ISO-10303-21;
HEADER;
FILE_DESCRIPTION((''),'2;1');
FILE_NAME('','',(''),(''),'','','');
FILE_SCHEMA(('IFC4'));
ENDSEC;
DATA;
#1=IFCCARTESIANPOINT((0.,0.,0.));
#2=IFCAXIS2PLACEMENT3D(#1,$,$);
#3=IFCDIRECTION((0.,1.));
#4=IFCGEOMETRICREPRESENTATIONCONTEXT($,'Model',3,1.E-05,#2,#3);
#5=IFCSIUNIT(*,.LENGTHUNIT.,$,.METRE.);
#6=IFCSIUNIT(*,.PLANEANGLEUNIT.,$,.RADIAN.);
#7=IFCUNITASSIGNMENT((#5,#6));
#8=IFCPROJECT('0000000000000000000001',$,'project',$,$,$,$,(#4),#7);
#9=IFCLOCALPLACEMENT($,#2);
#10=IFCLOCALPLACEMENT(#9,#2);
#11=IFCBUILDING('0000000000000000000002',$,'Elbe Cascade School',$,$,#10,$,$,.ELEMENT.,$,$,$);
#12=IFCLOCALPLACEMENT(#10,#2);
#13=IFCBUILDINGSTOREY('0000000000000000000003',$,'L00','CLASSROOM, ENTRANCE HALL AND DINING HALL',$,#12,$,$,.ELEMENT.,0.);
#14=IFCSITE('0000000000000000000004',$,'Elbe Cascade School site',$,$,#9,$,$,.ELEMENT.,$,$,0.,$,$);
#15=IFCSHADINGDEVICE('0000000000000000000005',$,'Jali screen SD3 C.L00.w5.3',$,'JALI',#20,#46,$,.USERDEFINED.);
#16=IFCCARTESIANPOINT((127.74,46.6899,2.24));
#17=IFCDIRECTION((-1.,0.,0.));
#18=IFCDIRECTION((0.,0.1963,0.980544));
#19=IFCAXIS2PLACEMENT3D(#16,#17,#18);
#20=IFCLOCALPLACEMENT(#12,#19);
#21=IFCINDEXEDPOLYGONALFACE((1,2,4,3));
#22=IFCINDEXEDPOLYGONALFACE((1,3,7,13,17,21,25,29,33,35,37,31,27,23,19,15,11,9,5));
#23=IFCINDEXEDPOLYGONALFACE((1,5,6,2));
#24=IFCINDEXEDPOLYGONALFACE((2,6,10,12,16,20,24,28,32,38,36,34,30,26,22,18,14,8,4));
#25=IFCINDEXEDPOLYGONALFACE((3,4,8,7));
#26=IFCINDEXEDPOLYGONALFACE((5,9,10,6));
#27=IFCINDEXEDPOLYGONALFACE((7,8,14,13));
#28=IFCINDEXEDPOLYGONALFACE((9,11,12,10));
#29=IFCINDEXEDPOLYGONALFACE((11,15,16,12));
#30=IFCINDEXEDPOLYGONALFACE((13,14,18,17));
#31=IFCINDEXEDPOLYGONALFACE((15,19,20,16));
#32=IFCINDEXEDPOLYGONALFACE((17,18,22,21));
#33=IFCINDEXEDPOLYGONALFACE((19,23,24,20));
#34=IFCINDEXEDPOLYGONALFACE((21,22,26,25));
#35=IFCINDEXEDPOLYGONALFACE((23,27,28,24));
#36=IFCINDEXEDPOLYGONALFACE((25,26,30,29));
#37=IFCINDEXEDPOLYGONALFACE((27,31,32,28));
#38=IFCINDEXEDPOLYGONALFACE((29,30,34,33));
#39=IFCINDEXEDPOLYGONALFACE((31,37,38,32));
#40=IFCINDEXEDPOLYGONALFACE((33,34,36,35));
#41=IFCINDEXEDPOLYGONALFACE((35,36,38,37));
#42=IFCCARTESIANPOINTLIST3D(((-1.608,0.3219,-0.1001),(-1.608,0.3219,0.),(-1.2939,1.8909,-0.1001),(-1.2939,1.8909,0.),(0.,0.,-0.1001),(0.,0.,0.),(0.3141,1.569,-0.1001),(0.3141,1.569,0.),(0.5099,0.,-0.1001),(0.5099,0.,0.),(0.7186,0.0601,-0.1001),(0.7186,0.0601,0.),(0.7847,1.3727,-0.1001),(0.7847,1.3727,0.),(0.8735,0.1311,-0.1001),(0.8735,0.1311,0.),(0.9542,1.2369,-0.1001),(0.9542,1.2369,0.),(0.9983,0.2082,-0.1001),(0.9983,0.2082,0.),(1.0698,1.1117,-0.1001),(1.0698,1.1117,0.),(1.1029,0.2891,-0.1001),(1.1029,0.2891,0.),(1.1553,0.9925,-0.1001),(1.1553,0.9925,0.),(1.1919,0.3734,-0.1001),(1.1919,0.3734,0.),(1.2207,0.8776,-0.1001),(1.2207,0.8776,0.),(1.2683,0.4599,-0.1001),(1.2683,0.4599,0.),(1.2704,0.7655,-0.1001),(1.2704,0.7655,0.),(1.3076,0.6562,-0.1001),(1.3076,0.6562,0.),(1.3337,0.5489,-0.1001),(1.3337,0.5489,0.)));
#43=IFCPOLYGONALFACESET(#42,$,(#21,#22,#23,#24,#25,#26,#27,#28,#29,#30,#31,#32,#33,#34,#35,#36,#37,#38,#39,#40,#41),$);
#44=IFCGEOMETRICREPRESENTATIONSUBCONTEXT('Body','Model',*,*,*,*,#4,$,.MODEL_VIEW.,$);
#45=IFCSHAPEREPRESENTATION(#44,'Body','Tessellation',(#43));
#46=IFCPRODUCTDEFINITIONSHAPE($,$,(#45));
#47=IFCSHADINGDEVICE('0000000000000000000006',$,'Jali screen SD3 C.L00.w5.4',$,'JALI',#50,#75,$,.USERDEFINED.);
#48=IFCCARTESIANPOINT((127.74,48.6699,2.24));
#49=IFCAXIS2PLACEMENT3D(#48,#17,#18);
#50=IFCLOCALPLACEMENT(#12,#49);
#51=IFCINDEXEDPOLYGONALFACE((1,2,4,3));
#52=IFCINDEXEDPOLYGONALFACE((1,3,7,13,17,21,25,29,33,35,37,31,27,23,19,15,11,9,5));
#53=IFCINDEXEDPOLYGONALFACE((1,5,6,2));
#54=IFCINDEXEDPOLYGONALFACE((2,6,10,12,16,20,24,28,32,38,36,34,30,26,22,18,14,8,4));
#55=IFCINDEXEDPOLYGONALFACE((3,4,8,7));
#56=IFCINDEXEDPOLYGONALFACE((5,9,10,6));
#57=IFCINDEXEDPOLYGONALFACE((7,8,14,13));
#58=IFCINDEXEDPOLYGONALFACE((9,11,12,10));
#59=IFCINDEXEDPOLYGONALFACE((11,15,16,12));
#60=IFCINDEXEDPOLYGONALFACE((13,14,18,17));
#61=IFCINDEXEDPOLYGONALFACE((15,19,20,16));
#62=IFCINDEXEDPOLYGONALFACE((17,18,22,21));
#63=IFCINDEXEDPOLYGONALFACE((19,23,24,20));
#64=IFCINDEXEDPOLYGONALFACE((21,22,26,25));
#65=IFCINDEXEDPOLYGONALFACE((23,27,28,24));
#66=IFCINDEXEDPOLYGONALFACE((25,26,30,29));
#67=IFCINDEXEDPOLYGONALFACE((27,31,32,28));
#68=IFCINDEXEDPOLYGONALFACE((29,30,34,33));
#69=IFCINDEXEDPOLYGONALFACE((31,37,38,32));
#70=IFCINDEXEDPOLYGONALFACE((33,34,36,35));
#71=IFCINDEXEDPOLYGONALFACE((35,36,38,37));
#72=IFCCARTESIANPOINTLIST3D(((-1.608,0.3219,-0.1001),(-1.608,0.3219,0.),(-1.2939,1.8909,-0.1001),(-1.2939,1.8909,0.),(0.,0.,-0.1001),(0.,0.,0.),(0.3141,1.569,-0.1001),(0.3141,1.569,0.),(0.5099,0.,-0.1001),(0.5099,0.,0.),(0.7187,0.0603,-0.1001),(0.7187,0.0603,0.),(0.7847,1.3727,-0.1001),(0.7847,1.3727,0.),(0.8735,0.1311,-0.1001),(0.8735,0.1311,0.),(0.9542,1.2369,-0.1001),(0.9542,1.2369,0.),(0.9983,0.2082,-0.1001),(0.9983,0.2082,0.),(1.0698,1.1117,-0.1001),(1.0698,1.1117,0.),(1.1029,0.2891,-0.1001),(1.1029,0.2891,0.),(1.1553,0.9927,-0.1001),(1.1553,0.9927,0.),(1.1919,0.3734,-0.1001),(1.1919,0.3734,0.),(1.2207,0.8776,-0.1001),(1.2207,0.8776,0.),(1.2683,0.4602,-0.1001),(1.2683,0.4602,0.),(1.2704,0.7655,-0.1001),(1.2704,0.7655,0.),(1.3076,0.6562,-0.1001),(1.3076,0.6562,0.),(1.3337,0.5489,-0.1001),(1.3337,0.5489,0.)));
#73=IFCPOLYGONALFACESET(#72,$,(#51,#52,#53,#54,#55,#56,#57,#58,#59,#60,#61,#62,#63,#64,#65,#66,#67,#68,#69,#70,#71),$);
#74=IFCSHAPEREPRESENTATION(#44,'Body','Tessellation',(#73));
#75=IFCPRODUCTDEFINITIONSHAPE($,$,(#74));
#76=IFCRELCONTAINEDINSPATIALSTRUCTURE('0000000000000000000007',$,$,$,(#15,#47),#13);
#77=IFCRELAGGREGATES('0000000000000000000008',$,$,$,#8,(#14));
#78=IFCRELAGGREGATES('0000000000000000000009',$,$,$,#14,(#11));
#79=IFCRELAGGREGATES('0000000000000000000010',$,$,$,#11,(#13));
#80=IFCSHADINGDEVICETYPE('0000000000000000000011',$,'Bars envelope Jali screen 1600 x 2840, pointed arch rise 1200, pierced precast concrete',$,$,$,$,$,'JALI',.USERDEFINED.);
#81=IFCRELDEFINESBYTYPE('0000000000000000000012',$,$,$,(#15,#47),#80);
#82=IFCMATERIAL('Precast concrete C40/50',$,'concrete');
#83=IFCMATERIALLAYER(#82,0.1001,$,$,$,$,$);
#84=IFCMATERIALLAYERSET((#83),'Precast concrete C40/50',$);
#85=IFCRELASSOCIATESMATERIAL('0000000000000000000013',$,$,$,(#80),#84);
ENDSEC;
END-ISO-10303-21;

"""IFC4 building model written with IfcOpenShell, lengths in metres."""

from ifc_helpers import new_model, si_unit, direction, frame, origin, place, context, subcontext, project, spatial, polyline, outline, extrude, material, layer, layer_set, type_object, element, save


model = new_model("IFC4")

# Units and contexts
model_context = context("Model", 3, precision=1e-05, world=origin(), true_north=direction((0.0, 1.0)))
body_context = subcontext(model_context, "Body", "Model", "MODEL_VIEW")
ifc_project = project(units=[si_unit("LENGTHUNIT", "METRE"), si_unit("PLANEANGLEUNIT", "RADIAN")], contexts=[model_context])

# Site, building, storey
site_placement = place(None, origin())
site = spatial("IfcSite", under=ifc_project, at=site_placement, Name="Elbe Cascade School site", CompositionType="ELEMENT", RefElevation=0.0)
building_placement = place(site_placement, origin())
building = spatial("IfcBuilding", under=site, at=building_placement, Name="Elbe Cascade School", CompositionType="ELEMENT")
storey_placement = place(building_placement, origin())
storey = spatial("IfcBuildingStorey", under=building, at=storey_placement, Name="L00", Description="CLASSROOM, ENTRANCE HALL AND DINING HALL", CompositionType="ELEMENT", Elevation=0.0)

# Shading devices
ifc_material_1 = material(Name="Precast concrete C40/50", Category="concrete")
ifc_layer_1 = layer(ifc_material_1, 0.1001)
ifc_layer_set_1 = layer_set([ifc_layer_1], Name="Precast concrete C40/50")
shading_device_type = type_object("IfcShadingDeviceType", Name="Bars envelope Jali screen 1600 x 2840, pointed arch rise 1200, pierced precast concrete", ElementType="JALI", PredefinedType="USERDEFINED", material=ifc_layer_set_1)
shading_device_1_placement = place(storey_placement, frame((127.74, 46.6899, 2.24), z_axis=(-1.0, 0.0, 0.0), x_axis=(0.0, 0.1963, 0.980544)))
element("IfcShadingDevice", 1, at=shading_device_1_placement, inside=storey, type_object=shading_device_type, Name="Jali screen SD3 C.L00.w5.3", ObjectType="JALI", PredefinedType="USERDEFINED", context=body_context, shape_type="SweptSolid", body=[
    extrude(outline(polyline([(0.0, 0.0), (0.5099, 0.0), (0.7186, 0.0601), (0.8735, 0.1311), (0.9983, 0.2082), (1.1029, 0.2891), (1.1919, 0.3734), (1.2683, 0.4599), (1.3337, 0.5489), (1.3076, 0.6562), (1.2704, 0.7655), (1.2207, 0.8776), (1.1553, 0.9925), (1.0698, 1.1117), (0.9542, 1.2369), (0.7847, 1.3727), (0.3141, 1.569), (-1.2939, 1.8909), (-1.608, 0.3219), (0.0, 0.0)])), origin(), (0.0, 0.0, -1.0), 0.1001),
])
shading_device_2_placement = place(storey_placement, frame((127.74, 48.6699, 2.24), z_axis=(-1.0, 0.0, 0.0), x_axis=(0.0, 0.1963, 0.980544)))
element("IfcShadingDevice", 2, at=shading_device_2_placement, inside=storey, type_object=shading_device_type, Name="Jali screen SD3 C.L00.w5.4", ObjectType="JALI", PredefinedType="USERDEFINED", context=body_context, shape_type="SweptSolid", body=[
    extrude(outline(polyline([(0.0, 0.0), (0.5099, 0.0), (0.7187, 0.0603), (0.8735, 0.1311), (0.9983, 0.2082), (1.1029, 0.2891), (1.1919, 0.3734), (1.2683, 0.4602), (1.3337, 0.5489), (1.3076, 0.6562), (1.2704, 0.7655), (1.2207, 0.8776), (1.1553, 0.9927), (1.0698, 1.1117), (0.9542, 1.2369), (0.7847, 1.3727), (0.3141, 1.569), (-1.2939, 1.8909), (-1.608, 0.3219), (0.0, 0.0)])), origin(), (0.0, 0.0, -1.0), 0.1001),
])

save(model, "model.ifc")
